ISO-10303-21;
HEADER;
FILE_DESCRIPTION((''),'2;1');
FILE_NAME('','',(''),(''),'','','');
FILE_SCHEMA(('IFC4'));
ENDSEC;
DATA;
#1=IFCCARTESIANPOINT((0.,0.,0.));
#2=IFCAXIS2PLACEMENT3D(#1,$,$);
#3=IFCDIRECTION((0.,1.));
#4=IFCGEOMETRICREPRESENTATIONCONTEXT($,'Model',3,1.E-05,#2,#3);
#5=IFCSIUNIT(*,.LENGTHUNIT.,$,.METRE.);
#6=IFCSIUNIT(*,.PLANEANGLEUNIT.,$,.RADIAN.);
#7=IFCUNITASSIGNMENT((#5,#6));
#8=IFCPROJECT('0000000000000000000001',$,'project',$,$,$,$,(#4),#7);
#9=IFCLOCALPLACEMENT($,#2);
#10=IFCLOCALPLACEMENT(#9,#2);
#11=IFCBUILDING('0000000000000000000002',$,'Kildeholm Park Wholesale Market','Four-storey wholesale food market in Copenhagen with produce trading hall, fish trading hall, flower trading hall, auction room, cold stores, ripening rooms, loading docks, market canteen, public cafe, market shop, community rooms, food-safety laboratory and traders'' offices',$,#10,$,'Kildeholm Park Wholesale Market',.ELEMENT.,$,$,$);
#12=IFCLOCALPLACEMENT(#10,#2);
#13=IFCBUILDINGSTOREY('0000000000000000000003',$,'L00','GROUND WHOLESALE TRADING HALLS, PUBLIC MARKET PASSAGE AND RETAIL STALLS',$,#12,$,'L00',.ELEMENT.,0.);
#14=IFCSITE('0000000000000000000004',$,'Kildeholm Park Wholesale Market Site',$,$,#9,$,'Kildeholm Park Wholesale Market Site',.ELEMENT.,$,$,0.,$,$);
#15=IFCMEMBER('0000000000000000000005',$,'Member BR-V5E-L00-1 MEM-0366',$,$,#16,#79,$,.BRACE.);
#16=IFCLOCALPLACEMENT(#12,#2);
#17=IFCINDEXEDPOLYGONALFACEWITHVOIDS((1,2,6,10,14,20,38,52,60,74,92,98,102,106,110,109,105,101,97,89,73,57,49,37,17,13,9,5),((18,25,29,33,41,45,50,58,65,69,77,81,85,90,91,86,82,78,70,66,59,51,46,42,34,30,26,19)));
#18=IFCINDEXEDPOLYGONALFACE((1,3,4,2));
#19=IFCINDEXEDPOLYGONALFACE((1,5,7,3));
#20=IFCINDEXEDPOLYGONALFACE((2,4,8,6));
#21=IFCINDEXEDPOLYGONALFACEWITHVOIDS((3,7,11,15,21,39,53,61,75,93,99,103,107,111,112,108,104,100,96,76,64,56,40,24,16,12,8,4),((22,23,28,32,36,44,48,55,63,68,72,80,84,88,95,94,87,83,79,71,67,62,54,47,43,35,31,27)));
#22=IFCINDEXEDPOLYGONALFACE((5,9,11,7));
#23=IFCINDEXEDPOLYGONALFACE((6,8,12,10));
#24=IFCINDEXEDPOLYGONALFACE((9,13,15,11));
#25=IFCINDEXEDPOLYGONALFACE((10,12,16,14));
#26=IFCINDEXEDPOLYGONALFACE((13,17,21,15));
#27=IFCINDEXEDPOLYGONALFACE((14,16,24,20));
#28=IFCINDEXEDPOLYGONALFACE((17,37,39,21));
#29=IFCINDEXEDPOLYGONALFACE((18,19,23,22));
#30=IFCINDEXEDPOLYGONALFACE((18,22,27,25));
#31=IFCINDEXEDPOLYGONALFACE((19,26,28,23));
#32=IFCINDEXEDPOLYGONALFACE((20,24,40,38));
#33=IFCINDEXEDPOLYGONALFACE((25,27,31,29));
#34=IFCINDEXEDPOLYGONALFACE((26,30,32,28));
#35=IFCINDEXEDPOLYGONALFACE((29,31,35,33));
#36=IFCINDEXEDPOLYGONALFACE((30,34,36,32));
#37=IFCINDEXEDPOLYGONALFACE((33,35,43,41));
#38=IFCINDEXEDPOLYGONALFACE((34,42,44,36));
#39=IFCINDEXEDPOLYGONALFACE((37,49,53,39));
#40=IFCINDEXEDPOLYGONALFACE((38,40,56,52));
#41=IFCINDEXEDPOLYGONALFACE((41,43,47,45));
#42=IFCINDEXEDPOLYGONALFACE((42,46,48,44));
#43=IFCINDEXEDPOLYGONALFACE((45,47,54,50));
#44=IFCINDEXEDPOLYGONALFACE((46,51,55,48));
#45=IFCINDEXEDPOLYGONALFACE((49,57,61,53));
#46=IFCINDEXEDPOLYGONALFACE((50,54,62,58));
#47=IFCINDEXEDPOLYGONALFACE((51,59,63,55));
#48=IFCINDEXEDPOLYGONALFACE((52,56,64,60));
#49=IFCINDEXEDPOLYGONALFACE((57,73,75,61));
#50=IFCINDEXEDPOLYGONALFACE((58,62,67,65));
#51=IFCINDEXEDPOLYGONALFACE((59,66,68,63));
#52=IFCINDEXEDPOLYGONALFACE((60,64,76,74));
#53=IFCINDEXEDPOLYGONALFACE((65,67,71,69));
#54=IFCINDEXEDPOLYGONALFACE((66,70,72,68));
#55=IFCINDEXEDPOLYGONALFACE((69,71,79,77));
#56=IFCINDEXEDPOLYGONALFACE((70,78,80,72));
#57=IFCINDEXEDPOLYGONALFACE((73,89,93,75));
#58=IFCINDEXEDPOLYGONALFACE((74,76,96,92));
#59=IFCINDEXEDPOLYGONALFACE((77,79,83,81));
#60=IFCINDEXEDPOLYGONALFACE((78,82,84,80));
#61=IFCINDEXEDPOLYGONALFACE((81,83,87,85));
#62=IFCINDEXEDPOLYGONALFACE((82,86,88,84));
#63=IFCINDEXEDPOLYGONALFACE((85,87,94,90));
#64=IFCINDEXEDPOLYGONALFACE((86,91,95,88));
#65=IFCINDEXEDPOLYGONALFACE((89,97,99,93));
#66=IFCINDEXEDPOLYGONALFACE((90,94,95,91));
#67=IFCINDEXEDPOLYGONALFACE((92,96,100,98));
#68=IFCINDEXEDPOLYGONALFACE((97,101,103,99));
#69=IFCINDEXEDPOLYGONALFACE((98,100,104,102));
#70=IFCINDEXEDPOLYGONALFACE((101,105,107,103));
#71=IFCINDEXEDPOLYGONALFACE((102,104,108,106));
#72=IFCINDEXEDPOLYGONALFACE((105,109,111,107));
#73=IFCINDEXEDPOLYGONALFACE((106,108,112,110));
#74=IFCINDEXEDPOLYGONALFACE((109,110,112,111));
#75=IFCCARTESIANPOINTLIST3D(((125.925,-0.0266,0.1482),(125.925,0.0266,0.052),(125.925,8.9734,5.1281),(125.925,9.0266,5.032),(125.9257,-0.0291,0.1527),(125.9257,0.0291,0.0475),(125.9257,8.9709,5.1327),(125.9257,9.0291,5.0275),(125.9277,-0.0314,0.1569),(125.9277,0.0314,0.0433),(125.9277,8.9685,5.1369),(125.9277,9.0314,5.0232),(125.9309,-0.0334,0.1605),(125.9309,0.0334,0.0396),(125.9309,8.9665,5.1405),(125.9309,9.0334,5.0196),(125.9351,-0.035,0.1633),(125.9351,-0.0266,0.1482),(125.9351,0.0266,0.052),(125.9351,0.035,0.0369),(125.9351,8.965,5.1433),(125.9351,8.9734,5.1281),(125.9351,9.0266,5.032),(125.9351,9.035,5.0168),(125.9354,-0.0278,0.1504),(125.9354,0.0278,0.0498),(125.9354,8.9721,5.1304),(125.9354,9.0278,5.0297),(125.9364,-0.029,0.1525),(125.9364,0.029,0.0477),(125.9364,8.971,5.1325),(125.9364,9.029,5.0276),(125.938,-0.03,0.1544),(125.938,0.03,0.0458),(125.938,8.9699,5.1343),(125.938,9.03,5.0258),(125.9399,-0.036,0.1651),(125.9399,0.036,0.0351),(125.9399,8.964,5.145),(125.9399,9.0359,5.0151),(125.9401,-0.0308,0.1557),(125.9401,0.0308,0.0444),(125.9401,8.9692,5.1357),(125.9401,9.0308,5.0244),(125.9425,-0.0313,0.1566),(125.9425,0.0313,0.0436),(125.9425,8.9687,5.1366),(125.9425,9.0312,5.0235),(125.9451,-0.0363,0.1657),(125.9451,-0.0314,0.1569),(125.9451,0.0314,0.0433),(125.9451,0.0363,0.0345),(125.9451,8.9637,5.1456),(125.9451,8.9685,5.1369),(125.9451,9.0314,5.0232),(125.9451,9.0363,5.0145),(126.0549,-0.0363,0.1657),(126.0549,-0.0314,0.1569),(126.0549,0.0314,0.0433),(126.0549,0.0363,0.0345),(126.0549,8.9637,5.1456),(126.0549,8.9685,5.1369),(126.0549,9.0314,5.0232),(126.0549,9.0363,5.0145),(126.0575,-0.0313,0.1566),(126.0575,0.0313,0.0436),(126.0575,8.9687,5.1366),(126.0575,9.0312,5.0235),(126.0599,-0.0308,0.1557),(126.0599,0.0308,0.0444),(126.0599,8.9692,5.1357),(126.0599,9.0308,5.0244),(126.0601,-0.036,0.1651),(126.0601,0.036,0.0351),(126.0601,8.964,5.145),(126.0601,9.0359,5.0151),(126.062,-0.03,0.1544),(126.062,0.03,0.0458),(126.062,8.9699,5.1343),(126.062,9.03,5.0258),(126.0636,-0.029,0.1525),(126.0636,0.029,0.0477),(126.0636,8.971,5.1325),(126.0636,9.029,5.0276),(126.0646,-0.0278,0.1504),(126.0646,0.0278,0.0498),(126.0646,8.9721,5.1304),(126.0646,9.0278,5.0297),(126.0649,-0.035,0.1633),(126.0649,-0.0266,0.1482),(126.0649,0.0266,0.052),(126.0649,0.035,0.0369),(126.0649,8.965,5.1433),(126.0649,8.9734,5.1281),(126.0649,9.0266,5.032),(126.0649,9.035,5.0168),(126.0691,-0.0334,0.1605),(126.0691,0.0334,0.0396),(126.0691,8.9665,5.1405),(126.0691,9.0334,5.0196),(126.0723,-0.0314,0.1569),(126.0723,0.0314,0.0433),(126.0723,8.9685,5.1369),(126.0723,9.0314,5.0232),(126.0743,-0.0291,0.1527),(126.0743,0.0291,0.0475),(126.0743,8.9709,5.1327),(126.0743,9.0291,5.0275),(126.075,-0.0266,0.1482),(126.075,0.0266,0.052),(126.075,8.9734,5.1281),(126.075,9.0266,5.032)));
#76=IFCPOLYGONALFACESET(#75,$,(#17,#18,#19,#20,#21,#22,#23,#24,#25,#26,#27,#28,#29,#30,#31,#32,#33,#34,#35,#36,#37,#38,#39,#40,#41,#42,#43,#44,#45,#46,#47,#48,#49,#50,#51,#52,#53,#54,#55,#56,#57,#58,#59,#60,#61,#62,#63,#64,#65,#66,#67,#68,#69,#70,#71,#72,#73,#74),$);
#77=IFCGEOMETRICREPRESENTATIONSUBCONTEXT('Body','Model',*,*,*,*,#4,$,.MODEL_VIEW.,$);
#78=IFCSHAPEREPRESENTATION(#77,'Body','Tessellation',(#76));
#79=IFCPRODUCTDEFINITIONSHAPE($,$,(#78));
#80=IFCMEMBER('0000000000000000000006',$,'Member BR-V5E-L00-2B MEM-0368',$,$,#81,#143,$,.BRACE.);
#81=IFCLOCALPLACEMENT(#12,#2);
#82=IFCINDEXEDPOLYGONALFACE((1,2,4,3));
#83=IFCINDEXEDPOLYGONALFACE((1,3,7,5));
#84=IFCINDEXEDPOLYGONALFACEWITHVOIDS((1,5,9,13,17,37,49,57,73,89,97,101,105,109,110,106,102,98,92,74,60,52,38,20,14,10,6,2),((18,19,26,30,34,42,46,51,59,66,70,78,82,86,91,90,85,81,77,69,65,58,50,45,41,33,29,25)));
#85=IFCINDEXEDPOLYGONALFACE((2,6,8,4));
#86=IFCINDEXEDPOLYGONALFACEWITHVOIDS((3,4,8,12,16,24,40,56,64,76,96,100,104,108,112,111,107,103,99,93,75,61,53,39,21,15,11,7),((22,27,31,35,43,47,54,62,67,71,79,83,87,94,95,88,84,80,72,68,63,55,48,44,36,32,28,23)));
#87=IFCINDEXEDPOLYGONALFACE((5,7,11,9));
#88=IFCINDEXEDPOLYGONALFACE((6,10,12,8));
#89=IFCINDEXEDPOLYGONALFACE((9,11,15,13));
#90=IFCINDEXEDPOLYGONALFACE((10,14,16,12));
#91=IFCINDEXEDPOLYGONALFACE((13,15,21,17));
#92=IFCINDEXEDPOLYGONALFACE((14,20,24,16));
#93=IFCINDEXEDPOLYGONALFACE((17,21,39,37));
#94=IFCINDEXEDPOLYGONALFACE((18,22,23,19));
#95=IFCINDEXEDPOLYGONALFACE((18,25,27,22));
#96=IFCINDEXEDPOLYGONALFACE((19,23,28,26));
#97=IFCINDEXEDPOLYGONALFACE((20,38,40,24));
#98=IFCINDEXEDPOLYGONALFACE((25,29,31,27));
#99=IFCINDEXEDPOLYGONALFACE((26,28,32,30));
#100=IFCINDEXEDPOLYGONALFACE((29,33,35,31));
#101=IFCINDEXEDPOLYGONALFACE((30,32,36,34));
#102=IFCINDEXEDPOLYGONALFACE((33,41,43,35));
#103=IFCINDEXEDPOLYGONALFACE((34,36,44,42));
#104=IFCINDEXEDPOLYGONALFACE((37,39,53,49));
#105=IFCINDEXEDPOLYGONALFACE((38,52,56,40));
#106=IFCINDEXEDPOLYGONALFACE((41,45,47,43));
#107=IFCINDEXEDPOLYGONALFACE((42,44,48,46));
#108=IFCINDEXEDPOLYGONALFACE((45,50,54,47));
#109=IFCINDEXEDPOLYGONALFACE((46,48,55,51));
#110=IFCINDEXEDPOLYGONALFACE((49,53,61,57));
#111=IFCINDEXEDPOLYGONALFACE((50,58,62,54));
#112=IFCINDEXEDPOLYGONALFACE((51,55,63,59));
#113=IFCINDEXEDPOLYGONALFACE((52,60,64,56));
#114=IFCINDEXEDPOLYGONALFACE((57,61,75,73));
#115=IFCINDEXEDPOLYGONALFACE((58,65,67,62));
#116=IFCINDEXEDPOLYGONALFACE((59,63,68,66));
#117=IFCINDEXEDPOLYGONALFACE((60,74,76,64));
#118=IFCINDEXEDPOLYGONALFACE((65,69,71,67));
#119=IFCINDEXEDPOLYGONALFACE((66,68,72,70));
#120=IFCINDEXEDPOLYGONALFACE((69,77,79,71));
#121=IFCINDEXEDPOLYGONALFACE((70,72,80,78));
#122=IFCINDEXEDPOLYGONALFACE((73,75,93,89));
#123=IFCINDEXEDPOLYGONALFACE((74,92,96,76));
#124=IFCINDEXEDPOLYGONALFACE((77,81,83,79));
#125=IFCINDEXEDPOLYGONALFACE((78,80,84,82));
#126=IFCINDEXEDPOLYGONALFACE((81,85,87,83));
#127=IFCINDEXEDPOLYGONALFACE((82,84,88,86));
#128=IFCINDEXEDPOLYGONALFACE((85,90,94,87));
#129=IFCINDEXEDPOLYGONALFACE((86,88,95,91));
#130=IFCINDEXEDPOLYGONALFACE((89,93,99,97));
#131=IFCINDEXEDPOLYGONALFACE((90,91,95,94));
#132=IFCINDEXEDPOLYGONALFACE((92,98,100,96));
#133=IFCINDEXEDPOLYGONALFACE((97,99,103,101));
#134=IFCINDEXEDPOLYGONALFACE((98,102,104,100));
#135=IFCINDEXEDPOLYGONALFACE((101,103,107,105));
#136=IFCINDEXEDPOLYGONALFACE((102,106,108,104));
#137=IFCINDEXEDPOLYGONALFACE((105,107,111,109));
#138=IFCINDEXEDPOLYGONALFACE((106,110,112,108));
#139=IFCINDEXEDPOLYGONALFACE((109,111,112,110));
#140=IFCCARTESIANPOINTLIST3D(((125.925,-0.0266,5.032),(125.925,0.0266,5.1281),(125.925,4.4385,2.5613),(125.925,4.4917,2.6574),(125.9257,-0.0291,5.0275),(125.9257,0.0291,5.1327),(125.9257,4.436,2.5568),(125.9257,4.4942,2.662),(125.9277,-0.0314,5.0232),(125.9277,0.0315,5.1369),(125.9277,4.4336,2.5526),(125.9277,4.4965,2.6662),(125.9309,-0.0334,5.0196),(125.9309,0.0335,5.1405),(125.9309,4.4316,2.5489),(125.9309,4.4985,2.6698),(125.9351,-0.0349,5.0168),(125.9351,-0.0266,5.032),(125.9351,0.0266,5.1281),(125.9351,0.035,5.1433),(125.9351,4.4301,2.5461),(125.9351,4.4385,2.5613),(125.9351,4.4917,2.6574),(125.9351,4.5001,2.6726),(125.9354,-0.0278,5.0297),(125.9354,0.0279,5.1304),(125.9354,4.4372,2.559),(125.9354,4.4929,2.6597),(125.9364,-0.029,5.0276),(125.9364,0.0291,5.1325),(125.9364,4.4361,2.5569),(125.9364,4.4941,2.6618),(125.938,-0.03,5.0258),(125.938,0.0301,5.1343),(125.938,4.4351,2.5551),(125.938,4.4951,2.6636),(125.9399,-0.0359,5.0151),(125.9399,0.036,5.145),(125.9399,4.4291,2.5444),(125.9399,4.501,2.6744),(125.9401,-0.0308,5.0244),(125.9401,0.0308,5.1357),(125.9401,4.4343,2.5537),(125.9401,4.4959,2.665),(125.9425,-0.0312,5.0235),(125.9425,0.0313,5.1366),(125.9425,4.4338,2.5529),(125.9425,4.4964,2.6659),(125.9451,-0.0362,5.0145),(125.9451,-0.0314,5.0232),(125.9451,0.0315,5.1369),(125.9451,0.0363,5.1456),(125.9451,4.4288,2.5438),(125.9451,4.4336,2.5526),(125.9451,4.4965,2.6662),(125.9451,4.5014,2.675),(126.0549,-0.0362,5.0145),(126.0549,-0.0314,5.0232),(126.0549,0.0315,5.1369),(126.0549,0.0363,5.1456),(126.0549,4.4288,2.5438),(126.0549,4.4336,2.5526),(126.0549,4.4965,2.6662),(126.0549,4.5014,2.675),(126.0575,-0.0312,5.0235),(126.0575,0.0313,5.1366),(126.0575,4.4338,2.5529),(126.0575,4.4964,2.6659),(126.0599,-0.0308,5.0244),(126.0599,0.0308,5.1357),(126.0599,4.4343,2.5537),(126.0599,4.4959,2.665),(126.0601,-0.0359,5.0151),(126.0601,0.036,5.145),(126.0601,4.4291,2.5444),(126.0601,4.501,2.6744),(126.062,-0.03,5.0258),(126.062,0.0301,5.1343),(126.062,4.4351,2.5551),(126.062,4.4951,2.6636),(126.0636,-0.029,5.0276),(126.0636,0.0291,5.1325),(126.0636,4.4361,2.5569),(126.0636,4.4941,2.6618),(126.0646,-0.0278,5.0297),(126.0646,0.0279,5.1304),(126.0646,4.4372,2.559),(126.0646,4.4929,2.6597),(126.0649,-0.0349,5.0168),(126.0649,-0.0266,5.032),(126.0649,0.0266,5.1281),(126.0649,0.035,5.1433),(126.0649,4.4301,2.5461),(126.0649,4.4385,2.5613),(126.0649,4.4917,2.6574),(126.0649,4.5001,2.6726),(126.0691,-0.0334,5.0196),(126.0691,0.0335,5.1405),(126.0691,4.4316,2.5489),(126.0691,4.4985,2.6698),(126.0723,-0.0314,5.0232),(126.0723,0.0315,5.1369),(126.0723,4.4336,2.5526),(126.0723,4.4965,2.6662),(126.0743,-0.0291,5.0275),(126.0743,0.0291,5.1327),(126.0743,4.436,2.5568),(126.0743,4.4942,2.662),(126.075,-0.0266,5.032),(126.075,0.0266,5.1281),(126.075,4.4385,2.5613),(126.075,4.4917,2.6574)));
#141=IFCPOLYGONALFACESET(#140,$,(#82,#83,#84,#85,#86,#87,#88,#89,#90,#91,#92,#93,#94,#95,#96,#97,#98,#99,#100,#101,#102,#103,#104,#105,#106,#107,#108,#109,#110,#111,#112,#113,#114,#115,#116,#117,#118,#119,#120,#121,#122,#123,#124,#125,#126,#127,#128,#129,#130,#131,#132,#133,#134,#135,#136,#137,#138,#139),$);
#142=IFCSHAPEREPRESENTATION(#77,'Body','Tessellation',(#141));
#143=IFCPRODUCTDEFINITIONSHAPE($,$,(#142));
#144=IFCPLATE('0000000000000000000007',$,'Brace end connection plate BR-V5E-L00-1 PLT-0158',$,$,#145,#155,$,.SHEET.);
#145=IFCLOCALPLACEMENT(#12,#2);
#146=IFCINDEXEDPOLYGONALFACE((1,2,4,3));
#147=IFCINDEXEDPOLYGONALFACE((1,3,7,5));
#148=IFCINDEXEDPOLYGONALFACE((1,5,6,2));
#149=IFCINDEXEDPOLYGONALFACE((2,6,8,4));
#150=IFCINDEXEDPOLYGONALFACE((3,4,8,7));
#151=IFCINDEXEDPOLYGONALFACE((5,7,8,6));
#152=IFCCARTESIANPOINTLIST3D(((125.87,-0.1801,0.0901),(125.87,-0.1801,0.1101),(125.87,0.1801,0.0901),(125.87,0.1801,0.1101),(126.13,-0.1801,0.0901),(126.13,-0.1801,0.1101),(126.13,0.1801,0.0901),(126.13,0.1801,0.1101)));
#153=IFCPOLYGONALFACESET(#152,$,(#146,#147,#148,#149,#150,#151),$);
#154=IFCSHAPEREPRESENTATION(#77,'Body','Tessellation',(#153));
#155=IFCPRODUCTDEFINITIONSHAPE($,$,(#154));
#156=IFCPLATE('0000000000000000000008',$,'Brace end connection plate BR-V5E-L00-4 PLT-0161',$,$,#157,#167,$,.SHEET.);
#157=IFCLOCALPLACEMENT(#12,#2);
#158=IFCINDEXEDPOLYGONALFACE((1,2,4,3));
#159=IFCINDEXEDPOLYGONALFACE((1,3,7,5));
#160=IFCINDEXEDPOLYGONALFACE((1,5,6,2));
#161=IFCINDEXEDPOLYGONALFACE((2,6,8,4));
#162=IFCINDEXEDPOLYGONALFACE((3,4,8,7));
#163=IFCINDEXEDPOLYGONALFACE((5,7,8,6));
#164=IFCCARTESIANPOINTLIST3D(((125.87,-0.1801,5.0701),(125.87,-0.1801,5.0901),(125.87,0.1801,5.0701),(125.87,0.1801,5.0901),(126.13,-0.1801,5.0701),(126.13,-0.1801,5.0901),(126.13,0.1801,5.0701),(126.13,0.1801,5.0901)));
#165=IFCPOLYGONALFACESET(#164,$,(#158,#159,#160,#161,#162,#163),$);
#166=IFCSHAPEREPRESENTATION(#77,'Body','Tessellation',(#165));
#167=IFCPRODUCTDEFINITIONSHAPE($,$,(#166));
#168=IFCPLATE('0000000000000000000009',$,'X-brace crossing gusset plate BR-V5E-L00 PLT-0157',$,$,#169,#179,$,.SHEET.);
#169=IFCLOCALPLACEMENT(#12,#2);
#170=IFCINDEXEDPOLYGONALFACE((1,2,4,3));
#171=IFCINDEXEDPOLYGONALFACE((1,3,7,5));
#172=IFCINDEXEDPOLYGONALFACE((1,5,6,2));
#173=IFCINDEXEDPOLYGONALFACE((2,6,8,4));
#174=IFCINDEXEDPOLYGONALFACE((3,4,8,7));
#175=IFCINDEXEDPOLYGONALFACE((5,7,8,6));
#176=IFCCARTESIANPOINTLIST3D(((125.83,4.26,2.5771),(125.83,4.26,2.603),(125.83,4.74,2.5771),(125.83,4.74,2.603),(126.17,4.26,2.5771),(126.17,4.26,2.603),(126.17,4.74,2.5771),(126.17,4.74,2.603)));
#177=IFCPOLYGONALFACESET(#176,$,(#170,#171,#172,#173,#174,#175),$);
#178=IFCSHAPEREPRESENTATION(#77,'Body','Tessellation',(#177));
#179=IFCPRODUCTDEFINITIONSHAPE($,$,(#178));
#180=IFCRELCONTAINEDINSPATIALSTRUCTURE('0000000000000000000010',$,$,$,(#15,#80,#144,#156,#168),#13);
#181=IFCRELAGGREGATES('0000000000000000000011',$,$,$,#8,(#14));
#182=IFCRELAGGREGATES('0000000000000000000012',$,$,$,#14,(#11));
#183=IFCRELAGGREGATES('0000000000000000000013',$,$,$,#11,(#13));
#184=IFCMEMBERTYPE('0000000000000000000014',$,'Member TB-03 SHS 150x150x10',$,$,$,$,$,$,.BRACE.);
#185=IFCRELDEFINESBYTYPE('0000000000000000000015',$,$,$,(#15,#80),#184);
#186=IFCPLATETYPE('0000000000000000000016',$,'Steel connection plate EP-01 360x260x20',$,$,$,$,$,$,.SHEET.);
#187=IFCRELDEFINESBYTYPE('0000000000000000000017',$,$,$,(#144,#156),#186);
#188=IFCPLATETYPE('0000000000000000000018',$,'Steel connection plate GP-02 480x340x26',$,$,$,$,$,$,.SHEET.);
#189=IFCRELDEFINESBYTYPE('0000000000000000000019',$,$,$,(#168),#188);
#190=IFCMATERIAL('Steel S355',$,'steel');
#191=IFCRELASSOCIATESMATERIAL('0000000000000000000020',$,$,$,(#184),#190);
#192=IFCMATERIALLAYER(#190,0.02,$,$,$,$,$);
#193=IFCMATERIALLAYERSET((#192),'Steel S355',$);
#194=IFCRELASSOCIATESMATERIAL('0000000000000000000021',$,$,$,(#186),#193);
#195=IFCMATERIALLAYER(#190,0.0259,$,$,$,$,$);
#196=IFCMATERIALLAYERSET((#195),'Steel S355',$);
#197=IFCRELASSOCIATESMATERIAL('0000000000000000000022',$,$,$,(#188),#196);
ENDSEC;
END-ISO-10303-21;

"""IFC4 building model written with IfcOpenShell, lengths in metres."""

from ifc_helpers import new_model, si_unit, direction, frame, origin, origin_2d, place, context, subcontext, project, spatial, rectangle, hollow_rectangle, extrude, material, layer, layer_set, material_profile, profile_set, type_object, element, save


model = new_model("IFC4")

# Units and contexts
model_context = context("Model", 3, precision=1e-05, world=origin(), true_north=direction((0.0, 1.0)))
body_context = subcontext(model_context, "Body", "Model", "MODEL_VIEW")
ifc_project = project(units=[si_unit("LENGTHUNIT", "METRE"), si_unit("PLANEANGLEUNIT", "RADIAN")], contexts=[model_context])

# Site, building, storey
site_placement = place(None, origin())
site = spatial("IfcSite", under=ifc_project, at=site_placement, Name="Kildeholm Park Wholesale Market Site", LongName="Kildeholm Park Wholesale Market Site", CompositionType="ELEMENT", RefElevation=0.0)
building_placement = place(site_placement, origin())
building = spatial("IfcBuilding", under=site, at=building_placement, Name="Kildeholm Park Wholesale Market", Description="Four-storey wholesale food market in Copenhagen with produce trading hall, fish trading hall, flower trading hall, auction room, cold stores, ripening rooms, loading docks, market canteen, public cafe, market shop, community rooms, food-safety laboratory and traders' offices", LongName="Kildeholm Park Wholesale Market", CompositionType="ELEMENT")
storey_placement = place(building_placement, origin())
storey = spatial("IfcBuildingStorey", under=building, at=storey_placement, Name="L00", Description="GROUND WHOLESALE TRADING HALLS, PUBLIC MARKET PASSAGE AND RETAIL STALLS", LongName="L00", CompositionType="ELEMENT", Elevation=0.0)

# Shared definitions
ifc_material_1 = material(Name="Steel S355", Category="steel")

# Members
ifc_material_profile_1 = material_profile(ifc_material_1, hollow_rectangle(XDim=0.1499, YDim=0.1499, WallThickness=0.01, InnerFilletRadius=0.01, OuterFilletRadius=0.02, at=origin_2d()), Name="SHS 150x150x10")
ifc_profile_set_1 = profile_set([ifc_material_profile_1], Name="Steel S355")
member_type = type_object("IfcMemberType", Name="Member TB-03 SHS 150x150x10", PredefinedType="BRACE", material=ifc_profile_set_1)
member_1_placement = place(storey_placement, frame((126.0, 0.0, 0.1001), z_axis=(0.0, 0.874982, 0.484155), x_axis=(-1.0, 0.0, 0.0)))
element("IfcMember", 1, at=member_1_placement, inside=storey, type_object=member_type, Name="Member BR-V5E-L00-1 MEM-0366", PredefinedType="BRACE", context=body_context, shape_type="SweptSolid", body=[
    extrude(hollow_rectangle(XDim=0.1499, YDim=0.1499, WallThickness=0.01, InnerFilletRadius=0.01, OuterFilletRadius=0.02, at=origin_2d()), origin(), (0.0, 0.0, 1.0), 10.2859),
])
member_2_placement = place(storey_placement, frame((126.0, 4.4651, 2.6094), z_axis=(0.0, -0.87498, 0.48416), x_axis=(1.0, 0.0, 0.0)))
element("IfcMember", 2, at=member_2_placement, inside=storey, type_object=member_type, Name="Member BR-V5E-L00-2B MEM-0368", PredefinedType="BRACE", context=body_context, shape_type="SweptSolid", body=[
    extrude(hollow_rectangle(XDim=0.1499, YDim=0.1499, WallThickness=0.01, InnerFilletRadius=0.01, OuterFilletRadius=0.02, at=origin_2d()), origin(), (0.0, 0.0, 1.0), 5.103),
])

# Plates
ifc_layer_1 = layer(ifc_material_1, 0.02)
ifc_layer_set_1 = layer_set([ifc_layer_1], Name="Steel S355")
plate_type_1 = type_object("IfcPlateType", Name="Steel connection plate EP-01 360x260x20", PredefinedType="SHEET", material=ifc_layer_set_1)
for number, where, z_axis, x_axis, name in (
    (3, (126.0, 0.0, 0.0901), (0.0, 0.0, 1.0), (0.0, 1.0, 0.0), "Brace end connection plate BR-V5E-L00-1 PLT-0158"),
    (4, (126.0, 0.0, 5.0701), (0.0, 0.0, 1.0), (0.0, 1.0, 0.0), "Brace end connection plate BR-V5E-L00-4 PLT-0161"),
):
    element("IfcPlate", number, at=place(storey_placement, frame(where, z_axis=z_axis, x_axis=x_axis)), inside=storey, type_object=plate_type_1, Name=name, PredefinedType="SHEET", context=body_context, shape_type="SweptSolid", body=[
        extrude(rectangle(XDim=0.3601, YDim=0.26, at=origin_2d()), origin(), (0.0, 0.0, 1.0), 0.02),
    ])
ifc_layer_2 = layer(ifc_material_1, 0.0259)
ifc_layer_set_2 = layer_set([ifc_layer_2], Name="Steel S355")
plate_type_2 = type_object("IfcPlateType", Name="Steel connection plate GP-02 480x340x26", PredefinedType="SHEET", material=ifc_layer_set_2)
plate_placement = place(storey_placement, frame((126.0, 4.5, 2.5771), z_axis=(0.0, 0.0, 1.0), x_axis=(0.0, 1.0, 0.0)))
element("IfcPlate", 5, at=plate_placement, inside=storey, type_object=plate_type_2, Name="X-brace crossing gusset plate BR-V5E-L00 PLT-0157", PredefinedType="SHEET", context=body_context, shape_type="SweptSolid", body=[
    extrude(rectangle(XDim=0.48, YDim=0.3401, at=origin_2d()), origin(), (0.0, 0.0, 1.0), 0.0259),
])

save(model, "model.ifc")
